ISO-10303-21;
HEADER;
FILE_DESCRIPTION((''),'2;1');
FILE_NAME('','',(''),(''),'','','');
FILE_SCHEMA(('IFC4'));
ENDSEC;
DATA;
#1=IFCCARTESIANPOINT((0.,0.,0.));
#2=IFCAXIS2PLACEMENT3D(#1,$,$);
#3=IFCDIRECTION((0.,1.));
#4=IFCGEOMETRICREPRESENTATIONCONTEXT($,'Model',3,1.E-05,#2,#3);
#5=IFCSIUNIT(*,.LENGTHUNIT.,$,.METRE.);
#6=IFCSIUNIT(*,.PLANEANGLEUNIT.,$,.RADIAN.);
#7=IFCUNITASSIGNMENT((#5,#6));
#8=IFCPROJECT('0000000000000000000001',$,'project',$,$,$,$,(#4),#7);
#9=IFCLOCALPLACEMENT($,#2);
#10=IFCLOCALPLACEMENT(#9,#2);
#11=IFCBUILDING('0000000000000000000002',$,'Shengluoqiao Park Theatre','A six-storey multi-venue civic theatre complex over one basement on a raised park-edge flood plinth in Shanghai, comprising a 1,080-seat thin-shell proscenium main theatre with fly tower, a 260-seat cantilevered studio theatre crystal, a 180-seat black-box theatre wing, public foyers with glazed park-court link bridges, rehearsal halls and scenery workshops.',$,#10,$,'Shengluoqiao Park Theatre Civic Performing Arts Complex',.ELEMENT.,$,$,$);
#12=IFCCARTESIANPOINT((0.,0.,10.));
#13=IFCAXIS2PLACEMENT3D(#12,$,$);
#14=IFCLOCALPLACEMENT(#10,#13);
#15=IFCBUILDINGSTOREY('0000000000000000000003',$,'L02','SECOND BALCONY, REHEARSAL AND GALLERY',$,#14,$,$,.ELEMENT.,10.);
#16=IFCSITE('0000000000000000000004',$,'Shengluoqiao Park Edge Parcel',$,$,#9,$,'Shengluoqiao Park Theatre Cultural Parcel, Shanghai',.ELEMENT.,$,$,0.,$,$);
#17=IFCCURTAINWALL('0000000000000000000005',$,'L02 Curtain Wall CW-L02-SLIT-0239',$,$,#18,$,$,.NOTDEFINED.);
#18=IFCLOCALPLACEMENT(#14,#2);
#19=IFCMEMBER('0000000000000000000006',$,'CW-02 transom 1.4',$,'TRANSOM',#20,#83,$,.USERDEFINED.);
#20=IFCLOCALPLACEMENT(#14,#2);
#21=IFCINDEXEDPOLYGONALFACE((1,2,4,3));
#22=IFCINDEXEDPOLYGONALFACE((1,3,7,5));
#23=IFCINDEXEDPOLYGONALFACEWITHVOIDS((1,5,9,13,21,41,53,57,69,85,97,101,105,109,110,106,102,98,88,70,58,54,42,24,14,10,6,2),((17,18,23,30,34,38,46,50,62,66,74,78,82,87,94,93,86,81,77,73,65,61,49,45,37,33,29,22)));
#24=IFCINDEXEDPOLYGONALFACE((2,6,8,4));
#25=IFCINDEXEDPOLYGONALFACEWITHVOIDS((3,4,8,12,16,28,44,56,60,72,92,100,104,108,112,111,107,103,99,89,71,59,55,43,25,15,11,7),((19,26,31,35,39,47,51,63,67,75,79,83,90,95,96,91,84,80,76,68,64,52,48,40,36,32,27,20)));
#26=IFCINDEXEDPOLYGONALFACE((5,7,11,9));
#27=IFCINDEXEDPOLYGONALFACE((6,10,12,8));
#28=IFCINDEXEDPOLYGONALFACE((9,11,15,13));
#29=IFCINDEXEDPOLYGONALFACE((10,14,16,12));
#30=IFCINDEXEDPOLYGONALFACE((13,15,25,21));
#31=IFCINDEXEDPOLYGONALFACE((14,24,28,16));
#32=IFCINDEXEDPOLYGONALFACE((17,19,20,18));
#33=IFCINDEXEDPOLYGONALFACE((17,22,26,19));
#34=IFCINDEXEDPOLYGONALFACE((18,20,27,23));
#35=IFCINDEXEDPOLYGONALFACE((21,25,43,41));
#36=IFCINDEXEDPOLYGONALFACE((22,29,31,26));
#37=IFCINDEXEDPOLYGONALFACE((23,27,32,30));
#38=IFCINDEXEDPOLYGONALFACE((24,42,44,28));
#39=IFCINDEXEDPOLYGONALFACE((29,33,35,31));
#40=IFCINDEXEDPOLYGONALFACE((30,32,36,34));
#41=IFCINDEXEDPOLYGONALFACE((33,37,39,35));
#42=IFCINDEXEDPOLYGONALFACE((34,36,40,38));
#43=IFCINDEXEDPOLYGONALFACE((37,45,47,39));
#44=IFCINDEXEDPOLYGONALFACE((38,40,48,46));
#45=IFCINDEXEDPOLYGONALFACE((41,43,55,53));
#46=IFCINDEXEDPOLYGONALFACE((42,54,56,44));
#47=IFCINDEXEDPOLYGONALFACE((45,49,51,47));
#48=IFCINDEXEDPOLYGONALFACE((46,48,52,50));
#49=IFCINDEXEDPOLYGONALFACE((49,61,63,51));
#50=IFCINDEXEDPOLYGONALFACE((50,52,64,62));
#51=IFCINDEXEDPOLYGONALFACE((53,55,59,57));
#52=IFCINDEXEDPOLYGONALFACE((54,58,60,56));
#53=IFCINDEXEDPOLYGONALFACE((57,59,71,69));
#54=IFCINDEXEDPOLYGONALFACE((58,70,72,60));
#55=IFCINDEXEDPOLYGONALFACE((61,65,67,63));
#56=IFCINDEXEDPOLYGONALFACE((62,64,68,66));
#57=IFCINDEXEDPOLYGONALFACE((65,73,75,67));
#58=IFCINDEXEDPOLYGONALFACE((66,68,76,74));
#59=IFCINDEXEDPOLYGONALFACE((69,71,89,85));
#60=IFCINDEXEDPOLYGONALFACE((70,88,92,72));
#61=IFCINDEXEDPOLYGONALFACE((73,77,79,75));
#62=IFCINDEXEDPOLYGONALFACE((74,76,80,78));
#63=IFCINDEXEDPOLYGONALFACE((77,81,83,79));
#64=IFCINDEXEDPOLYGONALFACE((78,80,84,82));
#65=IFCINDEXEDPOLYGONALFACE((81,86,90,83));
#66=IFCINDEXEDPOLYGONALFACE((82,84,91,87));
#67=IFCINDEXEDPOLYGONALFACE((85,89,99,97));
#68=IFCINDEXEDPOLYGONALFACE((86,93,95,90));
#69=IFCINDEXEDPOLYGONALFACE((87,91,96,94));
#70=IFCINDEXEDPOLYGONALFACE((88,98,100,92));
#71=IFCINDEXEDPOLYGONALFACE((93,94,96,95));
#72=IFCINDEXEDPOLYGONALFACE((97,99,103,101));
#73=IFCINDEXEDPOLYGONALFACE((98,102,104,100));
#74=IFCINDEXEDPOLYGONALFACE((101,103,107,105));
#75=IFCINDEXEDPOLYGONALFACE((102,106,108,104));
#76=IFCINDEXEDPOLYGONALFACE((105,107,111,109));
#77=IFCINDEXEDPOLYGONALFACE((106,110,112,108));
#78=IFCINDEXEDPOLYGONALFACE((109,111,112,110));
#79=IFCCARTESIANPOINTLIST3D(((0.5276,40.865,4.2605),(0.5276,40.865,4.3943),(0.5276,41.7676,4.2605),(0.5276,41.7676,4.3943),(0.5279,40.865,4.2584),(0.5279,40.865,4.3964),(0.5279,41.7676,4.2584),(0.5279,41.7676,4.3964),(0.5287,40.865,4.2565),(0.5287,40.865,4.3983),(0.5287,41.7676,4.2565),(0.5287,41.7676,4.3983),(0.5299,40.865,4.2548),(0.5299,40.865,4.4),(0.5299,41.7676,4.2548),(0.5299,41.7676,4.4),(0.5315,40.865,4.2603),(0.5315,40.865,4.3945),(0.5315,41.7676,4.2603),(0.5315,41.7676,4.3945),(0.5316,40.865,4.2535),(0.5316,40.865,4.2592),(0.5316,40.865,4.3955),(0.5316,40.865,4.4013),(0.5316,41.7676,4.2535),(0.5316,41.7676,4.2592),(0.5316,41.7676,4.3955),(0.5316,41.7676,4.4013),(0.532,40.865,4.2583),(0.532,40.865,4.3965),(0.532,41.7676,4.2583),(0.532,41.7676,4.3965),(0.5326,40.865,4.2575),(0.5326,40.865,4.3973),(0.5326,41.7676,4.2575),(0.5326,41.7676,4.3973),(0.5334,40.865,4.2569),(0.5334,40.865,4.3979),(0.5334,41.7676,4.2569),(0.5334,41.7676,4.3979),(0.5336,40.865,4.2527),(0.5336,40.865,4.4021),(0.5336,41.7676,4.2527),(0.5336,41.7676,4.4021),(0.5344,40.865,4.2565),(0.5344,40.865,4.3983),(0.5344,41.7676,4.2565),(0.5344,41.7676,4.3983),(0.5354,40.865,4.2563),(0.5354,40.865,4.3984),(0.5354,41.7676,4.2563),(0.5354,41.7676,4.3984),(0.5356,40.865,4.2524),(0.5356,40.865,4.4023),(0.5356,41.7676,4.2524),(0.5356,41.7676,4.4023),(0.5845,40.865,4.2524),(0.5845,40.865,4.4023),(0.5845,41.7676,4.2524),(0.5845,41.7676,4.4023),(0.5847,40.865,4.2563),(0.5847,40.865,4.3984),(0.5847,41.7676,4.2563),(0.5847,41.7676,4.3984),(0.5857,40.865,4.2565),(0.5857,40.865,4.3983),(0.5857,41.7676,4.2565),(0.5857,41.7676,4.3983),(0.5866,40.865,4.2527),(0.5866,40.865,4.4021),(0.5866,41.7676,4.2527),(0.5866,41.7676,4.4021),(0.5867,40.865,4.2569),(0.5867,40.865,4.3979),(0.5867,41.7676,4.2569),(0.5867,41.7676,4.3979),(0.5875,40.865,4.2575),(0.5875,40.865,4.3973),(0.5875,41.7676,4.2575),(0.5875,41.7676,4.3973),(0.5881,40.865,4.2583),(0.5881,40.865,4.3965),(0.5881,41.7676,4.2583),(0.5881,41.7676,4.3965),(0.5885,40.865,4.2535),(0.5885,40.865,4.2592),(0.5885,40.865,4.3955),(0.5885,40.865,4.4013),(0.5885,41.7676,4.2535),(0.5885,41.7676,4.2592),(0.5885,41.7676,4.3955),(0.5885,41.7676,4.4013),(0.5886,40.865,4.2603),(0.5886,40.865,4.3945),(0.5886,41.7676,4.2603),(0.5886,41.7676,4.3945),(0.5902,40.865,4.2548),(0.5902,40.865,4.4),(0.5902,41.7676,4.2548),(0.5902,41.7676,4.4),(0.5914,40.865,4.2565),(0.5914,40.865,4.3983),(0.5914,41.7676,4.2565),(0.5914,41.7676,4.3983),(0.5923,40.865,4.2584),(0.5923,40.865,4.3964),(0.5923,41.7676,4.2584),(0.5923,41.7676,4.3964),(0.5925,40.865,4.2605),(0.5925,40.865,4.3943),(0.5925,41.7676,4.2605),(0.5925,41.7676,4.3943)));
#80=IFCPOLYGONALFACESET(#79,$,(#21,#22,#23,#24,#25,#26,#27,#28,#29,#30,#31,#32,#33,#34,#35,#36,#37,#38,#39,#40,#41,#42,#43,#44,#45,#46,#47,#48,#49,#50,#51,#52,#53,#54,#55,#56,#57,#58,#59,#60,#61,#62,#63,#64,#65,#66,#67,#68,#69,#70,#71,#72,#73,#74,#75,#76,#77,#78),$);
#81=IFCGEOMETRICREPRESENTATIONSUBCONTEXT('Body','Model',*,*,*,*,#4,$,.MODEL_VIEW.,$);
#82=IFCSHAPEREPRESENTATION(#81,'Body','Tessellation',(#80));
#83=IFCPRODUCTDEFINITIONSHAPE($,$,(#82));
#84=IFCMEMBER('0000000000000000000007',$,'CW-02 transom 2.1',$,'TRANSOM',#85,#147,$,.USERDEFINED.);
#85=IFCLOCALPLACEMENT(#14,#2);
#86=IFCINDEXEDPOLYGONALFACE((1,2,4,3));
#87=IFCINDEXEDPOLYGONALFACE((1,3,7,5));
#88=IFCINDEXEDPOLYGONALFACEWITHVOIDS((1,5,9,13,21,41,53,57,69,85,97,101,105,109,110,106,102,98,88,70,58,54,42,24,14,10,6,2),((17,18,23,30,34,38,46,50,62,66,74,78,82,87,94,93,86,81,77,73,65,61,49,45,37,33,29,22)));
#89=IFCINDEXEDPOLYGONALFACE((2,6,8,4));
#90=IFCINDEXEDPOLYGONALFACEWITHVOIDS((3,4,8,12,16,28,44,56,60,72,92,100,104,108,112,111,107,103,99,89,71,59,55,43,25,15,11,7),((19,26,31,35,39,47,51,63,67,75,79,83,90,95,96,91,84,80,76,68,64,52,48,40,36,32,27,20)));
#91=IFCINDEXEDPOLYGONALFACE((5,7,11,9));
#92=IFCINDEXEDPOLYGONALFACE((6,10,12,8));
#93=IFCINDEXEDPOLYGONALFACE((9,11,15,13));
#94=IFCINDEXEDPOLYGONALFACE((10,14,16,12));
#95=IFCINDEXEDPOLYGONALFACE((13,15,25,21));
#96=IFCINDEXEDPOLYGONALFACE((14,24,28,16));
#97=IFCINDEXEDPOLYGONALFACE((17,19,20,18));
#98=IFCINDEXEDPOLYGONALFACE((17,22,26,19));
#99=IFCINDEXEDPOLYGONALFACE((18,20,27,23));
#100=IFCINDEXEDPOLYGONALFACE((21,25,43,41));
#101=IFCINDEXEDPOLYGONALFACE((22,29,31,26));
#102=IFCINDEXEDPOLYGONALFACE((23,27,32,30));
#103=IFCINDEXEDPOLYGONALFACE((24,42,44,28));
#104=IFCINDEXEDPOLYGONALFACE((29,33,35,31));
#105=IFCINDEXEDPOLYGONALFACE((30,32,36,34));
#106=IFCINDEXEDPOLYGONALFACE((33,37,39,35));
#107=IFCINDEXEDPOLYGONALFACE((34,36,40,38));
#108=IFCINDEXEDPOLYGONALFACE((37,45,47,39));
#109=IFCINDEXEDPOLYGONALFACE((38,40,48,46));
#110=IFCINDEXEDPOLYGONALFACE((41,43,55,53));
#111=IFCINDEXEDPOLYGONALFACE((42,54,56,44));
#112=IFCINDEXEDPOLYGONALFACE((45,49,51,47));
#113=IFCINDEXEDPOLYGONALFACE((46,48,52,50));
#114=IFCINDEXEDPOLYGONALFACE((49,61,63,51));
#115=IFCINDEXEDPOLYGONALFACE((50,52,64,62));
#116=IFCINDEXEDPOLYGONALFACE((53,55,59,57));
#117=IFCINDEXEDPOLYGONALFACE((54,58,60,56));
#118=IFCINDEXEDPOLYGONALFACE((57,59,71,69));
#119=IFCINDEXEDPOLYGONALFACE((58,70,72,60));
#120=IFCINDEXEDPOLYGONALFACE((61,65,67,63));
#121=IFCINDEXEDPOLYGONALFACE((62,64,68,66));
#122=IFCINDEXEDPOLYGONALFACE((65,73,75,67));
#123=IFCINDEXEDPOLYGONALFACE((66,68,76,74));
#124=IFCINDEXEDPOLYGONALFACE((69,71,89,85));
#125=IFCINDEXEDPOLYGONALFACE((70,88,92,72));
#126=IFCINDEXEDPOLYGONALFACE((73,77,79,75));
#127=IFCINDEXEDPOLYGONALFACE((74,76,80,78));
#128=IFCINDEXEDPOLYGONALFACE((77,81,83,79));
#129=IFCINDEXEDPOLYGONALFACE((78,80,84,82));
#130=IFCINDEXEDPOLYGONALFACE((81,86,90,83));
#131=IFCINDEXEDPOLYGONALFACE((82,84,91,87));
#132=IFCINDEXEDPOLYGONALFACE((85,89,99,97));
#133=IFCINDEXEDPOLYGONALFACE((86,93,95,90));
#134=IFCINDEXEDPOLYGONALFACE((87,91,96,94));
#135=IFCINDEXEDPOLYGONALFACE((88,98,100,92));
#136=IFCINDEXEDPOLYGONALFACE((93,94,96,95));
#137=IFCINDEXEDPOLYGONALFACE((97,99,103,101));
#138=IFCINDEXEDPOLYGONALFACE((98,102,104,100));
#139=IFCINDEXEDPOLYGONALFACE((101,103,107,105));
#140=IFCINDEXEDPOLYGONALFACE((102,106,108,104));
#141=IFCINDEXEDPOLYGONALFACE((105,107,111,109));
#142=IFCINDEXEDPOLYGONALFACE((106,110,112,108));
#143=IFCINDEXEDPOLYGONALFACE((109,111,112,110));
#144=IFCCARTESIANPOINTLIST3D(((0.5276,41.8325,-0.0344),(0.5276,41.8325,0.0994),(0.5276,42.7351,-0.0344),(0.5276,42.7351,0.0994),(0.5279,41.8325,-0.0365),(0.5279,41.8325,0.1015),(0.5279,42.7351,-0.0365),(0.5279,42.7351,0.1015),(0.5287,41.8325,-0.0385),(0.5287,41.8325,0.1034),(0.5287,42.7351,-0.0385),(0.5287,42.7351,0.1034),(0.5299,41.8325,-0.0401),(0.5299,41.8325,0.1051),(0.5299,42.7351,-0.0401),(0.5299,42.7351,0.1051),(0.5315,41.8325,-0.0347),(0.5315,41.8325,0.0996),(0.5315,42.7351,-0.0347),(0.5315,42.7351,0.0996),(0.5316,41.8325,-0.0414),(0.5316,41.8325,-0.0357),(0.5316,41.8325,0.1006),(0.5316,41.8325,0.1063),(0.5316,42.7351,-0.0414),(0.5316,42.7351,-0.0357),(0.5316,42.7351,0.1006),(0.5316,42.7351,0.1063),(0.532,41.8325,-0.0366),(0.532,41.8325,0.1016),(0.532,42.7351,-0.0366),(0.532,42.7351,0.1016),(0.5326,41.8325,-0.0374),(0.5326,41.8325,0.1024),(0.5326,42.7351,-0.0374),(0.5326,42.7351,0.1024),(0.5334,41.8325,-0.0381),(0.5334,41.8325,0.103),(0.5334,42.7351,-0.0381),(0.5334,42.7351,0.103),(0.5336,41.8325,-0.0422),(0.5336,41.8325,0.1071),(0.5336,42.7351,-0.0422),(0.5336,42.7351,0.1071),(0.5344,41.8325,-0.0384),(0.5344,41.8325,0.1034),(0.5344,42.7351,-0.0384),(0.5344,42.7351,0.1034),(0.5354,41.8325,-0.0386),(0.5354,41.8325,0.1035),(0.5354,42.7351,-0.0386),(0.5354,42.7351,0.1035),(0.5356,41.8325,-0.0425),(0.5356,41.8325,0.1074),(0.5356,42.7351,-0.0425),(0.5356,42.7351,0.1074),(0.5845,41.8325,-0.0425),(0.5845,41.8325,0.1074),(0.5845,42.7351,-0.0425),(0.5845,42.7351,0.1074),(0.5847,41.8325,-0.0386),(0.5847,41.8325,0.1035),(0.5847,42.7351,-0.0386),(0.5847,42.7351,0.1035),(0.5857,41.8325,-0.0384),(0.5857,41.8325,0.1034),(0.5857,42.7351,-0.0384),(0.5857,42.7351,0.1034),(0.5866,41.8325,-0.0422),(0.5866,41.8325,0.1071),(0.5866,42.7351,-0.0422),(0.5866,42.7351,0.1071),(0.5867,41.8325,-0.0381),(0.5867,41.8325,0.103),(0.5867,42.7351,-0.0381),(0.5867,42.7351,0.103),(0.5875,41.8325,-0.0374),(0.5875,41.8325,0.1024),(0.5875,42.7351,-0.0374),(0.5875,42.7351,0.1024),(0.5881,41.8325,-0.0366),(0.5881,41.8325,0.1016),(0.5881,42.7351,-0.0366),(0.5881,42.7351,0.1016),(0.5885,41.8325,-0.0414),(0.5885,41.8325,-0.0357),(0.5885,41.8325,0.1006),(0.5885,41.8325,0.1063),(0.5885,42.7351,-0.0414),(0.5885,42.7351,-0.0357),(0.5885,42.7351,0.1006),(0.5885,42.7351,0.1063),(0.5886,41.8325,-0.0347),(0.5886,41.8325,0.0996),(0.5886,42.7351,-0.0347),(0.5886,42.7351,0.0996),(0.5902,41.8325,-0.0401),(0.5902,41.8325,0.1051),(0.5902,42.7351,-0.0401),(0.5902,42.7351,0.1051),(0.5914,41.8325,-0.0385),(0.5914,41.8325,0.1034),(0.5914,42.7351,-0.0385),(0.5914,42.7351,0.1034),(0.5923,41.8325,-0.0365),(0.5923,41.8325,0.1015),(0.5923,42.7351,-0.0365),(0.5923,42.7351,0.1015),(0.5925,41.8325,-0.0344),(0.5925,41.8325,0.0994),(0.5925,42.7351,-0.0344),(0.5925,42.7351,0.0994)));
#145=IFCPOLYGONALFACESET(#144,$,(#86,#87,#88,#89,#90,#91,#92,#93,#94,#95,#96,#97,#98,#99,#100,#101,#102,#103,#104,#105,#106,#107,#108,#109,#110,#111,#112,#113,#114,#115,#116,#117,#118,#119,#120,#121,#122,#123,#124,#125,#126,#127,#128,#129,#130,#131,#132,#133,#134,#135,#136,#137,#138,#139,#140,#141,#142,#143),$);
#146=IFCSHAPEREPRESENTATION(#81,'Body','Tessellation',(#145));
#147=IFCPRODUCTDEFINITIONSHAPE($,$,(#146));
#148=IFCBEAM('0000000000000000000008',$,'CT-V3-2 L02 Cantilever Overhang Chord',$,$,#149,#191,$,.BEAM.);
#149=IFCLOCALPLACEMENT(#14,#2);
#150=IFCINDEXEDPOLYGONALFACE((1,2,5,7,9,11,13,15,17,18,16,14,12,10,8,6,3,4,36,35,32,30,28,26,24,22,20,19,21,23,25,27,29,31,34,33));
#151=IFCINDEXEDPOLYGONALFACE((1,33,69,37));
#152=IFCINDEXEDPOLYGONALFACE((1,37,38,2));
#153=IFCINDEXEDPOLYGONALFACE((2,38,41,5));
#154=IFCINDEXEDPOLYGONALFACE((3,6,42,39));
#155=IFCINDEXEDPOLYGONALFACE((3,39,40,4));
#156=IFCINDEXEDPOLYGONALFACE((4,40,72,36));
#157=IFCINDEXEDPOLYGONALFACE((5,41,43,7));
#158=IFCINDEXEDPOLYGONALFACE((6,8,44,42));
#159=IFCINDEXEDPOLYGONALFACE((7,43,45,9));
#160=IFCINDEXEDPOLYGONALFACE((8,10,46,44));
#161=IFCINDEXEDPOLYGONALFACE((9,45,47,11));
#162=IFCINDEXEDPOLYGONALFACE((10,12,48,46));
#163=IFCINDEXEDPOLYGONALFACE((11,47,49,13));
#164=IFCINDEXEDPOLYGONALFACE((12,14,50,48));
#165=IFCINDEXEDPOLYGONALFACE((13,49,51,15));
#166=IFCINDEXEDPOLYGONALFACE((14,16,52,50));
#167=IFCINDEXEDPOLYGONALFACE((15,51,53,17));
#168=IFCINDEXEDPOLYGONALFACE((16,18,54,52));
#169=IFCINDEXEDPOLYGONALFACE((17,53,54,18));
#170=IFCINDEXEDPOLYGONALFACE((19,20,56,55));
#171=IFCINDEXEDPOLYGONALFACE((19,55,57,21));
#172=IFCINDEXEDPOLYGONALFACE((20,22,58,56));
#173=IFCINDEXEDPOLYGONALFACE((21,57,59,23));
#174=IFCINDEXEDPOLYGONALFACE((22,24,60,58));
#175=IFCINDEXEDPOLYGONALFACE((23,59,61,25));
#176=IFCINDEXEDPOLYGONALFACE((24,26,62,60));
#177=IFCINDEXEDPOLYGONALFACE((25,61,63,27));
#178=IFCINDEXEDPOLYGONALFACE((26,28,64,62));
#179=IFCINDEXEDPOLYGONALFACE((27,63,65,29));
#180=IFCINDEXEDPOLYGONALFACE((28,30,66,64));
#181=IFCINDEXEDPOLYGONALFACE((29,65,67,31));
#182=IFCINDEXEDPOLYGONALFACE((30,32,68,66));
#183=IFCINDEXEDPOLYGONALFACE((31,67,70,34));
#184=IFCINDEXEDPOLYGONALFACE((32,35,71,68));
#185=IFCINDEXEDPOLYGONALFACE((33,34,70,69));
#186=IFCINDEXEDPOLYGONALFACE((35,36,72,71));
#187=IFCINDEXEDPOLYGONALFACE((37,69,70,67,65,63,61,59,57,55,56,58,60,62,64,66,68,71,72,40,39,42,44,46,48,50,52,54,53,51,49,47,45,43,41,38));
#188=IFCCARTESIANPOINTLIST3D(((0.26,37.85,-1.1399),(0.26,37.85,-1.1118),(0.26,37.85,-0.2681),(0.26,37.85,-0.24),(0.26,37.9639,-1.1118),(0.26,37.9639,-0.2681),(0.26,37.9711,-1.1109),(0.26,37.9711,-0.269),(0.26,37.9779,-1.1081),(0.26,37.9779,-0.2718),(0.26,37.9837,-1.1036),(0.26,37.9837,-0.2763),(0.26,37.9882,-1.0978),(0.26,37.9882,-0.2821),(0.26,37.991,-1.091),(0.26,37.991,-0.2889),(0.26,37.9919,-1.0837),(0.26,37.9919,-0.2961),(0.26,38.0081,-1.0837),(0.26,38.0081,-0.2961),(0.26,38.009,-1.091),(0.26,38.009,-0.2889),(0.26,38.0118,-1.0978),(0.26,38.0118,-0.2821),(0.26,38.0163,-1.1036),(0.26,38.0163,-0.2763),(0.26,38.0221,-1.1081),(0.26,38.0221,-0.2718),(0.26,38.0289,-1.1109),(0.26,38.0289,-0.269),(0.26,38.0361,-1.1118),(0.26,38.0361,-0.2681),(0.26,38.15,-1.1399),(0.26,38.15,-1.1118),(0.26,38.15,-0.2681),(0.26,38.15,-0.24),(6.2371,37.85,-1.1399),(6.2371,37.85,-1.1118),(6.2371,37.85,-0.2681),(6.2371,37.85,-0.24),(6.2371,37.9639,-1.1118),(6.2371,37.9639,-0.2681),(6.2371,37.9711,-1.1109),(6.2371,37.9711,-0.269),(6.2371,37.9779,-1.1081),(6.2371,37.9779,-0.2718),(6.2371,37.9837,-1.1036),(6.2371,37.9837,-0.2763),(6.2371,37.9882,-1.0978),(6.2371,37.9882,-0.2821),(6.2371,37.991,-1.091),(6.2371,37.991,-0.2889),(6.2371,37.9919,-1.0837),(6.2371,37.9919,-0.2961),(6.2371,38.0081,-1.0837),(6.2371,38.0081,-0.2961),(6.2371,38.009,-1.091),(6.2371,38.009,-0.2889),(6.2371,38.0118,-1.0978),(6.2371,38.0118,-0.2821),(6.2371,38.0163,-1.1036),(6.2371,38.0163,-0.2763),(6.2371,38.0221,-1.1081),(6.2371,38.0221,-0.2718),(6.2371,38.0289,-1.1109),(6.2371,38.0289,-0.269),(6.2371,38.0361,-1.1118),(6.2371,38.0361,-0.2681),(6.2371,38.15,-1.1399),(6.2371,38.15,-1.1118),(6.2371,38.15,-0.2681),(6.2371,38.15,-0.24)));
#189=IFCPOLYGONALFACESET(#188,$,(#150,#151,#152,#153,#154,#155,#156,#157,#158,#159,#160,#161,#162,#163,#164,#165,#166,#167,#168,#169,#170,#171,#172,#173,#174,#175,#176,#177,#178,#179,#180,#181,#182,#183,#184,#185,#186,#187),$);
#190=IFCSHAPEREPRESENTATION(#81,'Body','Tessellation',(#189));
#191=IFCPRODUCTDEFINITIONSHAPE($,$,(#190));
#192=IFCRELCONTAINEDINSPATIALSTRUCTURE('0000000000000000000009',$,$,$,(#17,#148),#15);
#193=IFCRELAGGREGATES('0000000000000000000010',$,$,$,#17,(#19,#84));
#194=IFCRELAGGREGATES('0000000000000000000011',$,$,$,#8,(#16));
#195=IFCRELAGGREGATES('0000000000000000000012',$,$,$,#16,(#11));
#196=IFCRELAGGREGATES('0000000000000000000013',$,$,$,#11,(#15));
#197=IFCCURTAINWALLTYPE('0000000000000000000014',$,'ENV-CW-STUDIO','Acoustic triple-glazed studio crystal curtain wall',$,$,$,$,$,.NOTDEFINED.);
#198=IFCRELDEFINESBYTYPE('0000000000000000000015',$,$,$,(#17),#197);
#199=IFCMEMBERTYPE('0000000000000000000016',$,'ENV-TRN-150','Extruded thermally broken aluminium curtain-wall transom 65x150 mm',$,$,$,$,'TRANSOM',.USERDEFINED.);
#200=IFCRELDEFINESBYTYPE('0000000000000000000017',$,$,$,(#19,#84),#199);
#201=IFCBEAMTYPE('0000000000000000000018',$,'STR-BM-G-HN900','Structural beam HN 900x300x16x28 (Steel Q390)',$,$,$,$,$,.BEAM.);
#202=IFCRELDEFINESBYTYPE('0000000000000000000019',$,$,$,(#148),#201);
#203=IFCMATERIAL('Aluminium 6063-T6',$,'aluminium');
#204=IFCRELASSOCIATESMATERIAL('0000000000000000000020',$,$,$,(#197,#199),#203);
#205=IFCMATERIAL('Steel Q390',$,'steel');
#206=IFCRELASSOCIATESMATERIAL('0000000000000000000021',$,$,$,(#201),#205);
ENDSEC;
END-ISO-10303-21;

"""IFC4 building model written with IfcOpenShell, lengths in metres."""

from ifc_helpers import new_model, si_unit, direction, frame, origin, origin_2d, place, context, subcontext, project, spatial, hollow_rectangle, i_section, extrude, material, material_profile, profile_set, type_object, element, aggregate, save


model = new_model("IFC4")

# Units and contexts
model_context = context("Model", 3, precision=1e-05, world=origin(), true_north=direction((0.0, 1.0)))
body_context = subcontext(model_context, "Body", "Model", "MODEL_VIEW")
ifc_project = project(units=[si_unit("LENGTHUNIT", "METRE"), si_unit("PLANEANGLEUNIT", "RADIAN")], contexts=[model_context])

# Site, building, storey
site_placement = place(None, origin())
site = spatial("IfcSite", under=ifc_project, at=site_placement, Name="Shengluoqiao Park Edge Parcel", LongName="Shengluoqiao Park Theatre Cultural Parcel, Shanghai", CompositionType="ELEMENT", RefElevation=0.0)
building_placement = place(site_placement, origin())
building = spatial("IfcBuilding", under=site, at=building_placement, Name="Shengluoqiao Park Theatre", Description="A six-storey multi-venue civic theatre complex over one basement on a raised park-edge flood plinth in Shanghai, comprising a 1,080-seat thin-shell proscenium main theatre with fly tower, a 260-seat cantilevered studio theatre crystal, a 180-seat black-box theatre wing, public foyers with glazed park-court link bridges, rehearsal halls and scenery workshops.", LongName="Shengluoqiao Park Theatre Civic Performing Arts Complex", CompositionType="ELEMENT")
storey_placement = place(building_placement, frame((0.0, 0.0, 10.0)))
storey = spatial("IfcBuildingStorey", under=building, at=storey_placement, Name="L02", Description="SECOND BALCONY, REHEARSAL AND GALLERY", CompositionType="ELEMENT", Elevation=10.0)

# Shared definitions
ifc_material_1 = material(Name="Aluminium 6063-T6", Category="aluminium")
curtain_wall_type = type_object("IfcCurtainWallType", Name="ENV-CW-STUDIO", Description="Acoustic triple-glazed studio crystal curtain wall", PredefinedType="NOTDEFINED", material=ifc_material_1)

# Curtain wall, members
curtain_wall_1_placement = place(storey_placement, origin())
curtain_wall_1 = element("IfcCurtainWall", 1, at=curtain_wall_1_placement, inside=storey, type_object=curtain_wall_type, Name="L02 Curtain Wall CW-L02-SLIT-0239", PredefinedType="NOTDEFINED")
ifc_material_profile_1 = material_profile(ifc_material_1, hollow_rectangle(XDim=0.0649, YDim=0.1499, WallThickness=0.0039, InnerFilletRadius=0.0039, OuterFilletRadius=0.0081, at=origin_2d()), Name="ALU TRANSOM 150x65x4")
ifc_profile_set_1 = profile_set([ifc_material_profile_1], Name="Aluminium 6063-T6")
member_type_1 = type_object("IfcMemberType", Name="ENV-TRN-150", Description="Extruded thermally broken aluminium curtain-wall transom 65x150 mm", ElementType="TRANSOM", PredefinedType="USERDEFINED", material=ifc_profile_set_1)
member_1_placement = place(storey_placement, frame((0.5601, 40.865, 4.3274), z_axis=(0.0, 1.0, 0.0), x_axis=(-1.0, 0.0, 0.0)))
member_1 = element("IfcMember", 2, at=member_1_placement, type_object=member_type_1, Name="CW-02 transom 1.4", ObjectType="TRANSOM", PredefinedType="USERDEFINED", context=body_context, shape_type="SweptSolid", body=[
    extrude(hollow_rectangle(XDim=0.0649, YDim=0.1499, WallThickness=0.0039, InnerFilletRadius=0.0039, OuterFilletRadius=0.0081, at=origin_2d()), origin(), (0.0, 0.0, 1.0), 0.9026),
])
member_2_placement = place(storey_placement, frame((0.5601, 41.8325, 0.0325), z_axis=(0.0, 1.0, 0.0), x_axis=(-1.0, 0.0, 0.0)))
member_2 = element("IfcMember", 3, at=member_2_placement, type_object=member_type_1, Name="CW-02 transom 2.1", ObjectType="TRANSOM", PredefinedType="USERDEFINED", context=body_context, shape_type="SweptSolid", body=[
    extrude(hollow_rectangle(XDim=0.0649, YDim=0.1499, WallThickness=0.0039, InnerFilletRadius=0.0039, OuterFilletRadius=0.0081, at=origin_2d()), origin(), (0.0, 0.0, 1.0), 0.9026),
])

# Beam
ifc_material_2 = material(Name="Steel Q390", Category="steel")
ifc_material_profile_2 = material_profile(ifc_material_2, i_section(OverallWidth=0.3, OverallDepth=0.8999, WebThickness=0.0161, FlangeThickness=0.0281, FilletRadius=0.0281, at=origin_2d()), Name="HN 900x300x16x28")
ifc_profile_set_2 = profile_set([ifc_material_profile_2], Name="Steel Q390")
beam_type_1 = type_object("IfcBeamType", Name="STR-BM-G-HN900", Description="Structural beam HN 900x300x16x28 (Steel Q390)", PredefinedType="BEAM", material=ifc_profile_set_2)
beam_1_placement = place(storey_placement, frame((0.26, 38.0, -0.6899), z_axis=(1.0, 0.0, 0.0), x_axis=(0.0, 1.0, 0.0)))
element("IfcBeam", 4, at=beam_1_placement, inside=storey, type_object=beam_type_1, Name="CT-V3-2 L02 Cantilever Overhang Chord", PredefinedType="BEAM", context=body_context, shape_type="SweptSolid", body=[
    extrude(i_section(OverallWidth=0.3, OverallDepth=0.8999, WebThickness=0.0161, FlangeThickness=0.0281, FilletRadius=0.0281, at=origin_2d()), origin(), (0.0, 0.0, 1.0), 5.9771),
])

aggregate(curtain_wall_1, [member_1, member_2])

save(model, "model.ifc")
